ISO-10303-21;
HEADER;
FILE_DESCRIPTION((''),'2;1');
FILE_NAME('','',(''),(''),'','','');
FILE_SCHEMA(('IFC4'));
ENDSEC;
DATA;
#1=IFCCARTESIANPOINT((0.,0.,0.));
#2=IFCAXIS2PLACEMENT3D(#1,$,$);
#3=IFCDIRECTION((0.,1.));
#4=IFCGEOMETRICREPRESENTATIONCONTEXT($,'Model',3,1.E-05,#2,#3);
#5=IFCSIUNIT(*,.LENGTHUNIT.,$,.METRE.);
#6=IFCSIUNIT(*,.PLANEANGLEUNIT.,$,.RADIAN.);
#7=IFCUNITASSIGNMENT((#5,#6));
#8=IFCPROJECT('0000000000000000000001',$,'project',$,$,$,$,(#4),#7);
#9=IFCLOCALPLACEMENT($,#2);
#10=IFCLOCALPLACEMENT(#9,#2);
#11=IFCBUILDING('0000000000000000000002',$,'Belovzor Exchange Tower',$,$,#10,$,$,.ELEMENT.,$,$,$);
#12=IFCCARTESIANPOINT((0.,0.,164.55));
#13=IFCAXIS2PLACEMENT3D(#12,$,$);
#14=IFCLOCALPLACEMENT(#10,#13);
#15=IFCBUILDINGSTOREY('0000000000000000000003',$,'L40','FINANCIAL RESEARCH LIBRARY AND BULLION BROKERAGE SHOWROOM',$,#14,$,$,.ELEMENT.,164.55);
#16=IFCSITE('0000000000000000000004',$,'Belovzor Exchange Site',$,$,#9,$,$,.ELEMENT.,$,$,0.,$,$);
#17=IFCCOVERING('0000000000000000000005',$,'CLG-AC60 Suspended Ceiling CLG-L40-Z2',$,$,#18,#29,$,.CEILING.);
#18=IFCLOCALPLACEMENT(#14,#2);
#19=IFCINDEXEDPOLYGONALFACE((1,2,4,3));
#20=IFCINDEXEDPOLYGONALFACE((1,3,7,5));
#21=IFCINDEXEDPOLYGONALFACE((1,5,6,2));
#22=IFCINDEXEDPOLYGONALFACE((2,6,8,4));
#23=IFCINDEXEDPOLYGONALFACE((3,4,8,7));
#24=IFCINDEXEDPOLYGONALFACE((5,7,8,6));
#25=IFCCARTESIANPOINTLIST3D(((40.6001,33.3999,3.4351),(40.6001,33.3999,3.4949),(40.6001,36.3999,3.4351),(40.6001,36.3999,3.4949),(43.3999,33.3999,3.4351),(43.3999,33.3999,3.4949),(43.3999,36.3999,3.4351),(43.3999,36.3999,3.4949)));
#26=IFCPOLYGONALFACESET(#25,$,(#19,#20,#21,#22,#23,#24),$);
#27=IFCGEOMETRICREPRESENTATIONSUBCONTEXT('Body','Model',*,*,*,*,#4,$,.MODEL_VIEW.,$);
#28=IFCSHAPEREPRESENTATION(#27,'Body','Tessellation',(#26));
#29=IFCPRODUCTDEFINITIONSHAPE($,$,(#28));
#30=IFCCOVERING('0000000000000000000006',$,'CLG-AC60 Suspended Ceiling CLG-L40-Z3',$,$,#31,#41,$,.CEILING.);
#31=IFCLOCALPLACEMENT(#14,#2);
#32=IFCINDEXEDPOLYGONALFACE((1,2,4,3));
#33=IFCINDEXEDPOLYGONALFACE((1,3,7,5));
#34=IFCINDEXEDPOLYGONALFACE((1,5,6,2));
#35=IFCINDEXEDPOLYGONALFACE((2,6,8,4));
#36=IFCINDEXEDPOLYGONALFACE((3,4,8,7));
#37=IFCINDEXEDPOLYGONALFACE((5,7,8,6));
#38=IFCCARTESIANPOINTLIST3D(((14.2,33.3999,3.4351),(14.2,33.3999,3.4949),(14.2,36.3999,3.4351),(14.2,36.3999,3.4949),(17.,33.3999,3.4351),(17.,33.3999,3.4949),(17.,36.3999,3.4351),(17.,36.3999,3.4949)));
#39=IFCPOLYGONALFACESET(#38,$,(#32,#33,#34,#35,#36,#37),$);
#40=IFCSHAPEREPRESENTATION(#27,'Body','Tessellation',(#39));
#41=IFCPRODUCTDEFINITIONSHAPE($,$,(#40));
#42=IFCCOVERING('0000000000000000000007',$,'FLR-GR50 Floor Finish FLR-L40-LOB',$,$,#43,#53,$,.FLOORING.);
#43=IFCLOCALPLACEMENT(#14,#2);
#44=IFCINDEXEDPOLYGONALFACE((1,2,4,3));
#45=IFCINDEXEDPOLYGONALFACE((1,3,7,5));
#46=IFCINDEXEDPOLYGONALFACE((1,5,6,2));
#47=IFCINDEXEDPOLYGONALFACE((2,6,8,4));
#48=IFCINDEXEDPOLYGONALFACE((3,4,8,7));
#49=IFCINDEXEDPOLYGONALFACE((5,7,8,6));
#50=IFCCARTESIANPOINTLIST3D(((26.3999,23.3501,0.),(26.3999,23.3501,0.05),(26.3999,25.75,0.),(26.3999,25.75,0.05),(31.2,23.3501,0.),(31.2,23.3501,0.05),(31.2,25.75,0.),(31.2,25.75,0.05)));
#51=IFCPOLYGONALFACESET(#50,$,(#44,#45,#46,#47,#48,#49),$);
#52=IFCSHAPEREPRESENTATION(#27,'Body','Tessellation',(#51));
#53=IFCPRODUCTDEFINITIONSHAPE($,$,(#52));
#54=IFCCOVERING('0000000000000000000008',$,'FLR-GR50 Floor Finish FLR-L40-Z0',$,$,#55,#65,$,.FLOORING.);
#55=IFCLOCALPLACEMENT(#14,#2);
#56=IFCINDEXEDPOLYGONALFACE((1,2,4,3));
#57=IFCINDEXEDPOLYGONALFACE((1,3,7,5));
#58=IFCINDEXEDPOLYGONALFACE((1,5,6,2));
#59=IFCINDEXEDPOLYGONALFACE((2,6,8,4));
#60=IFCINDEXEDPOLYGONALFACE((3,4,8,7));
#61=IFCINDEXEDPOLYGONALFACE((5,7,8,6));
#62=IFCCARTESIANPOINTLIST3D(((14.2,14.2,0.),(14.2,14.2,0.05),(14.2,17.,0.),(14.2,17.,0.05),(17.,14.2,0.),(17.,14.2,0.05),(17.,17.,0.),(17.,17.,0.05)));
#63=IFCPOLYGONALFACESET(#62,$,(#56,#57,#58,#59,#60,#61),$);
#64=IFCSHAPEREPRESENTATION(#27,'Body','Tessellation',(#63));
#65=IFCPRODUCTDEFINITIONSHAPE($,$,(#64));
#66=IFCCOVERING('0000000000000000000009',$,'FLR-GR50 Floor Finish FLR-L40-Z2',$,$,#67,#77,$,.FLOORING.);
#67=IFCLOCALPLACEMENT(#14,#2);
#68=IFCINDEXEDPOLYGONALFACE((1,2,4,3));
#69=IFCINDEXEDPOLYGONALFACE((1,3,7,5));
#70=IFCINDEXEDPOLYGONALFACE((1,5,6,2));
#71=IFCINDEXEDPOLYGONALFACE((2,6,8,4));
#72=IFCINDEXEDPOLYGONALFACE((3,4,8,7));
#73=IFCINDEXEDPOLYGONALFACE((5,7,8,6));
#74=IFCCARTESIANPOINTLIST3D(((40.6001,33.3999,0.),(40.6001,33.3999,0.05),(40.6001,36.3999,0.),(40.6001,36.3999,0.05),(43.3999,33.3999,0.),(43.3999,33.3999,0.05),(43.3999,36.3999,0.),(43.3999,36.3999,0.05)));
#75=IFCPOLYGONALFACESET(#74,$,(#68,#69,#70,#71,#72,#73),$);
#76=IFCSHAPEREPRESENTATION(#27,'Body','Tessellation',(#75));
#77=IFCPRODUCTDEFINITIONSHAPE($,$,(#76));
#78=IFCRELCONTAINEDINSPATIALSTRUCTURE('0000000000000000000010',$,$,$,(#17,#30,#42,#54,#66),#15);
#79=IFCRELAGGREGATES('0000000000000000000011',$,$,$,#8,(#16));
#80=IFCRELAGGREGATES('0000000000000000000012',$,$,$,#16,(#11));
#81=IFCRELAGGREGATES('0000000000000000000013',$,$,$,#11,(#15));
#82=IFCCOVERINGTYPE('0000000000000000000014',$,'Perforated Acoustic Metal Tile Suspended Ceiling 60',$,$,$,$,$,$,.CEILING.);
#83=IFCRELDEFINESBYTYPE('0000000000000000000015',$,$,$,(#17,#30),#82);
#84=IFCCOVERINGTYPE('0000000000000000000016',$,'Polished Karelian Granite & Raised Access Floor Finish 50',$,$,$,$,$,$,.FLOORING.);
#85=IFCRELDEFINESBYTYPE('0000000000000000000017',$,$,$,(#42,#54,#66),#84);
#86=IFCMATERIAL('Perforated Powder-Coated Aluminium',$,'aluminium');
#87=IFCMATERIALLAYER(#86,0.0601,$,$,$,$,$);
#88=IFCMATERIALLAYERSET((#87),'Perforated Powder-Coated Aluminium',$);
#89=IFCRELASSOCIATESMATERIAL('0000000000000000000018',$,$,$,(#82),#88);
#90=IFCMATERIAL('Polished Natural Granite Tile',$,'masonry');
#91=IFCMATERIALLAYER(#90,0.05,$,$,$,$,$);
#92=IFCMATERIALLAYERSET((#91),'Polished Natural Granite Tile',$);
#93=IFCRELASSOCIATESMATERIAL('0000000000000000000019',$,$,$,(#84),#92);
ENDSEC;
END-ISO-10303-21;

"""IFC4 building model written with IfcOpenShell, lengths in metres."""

from ifc_helpers import new_model, si_unit, direction, frame, origin, place, context, subcontext, project, spatial, polyline, outline, extrude, material, layer, layer_set, type_object, element, save


model = new_model("IFC4")

# Units and contexts
model_context = context("Model", 3, precision=1e-05, world=origin(), true_north=direction((0.0, 1.0)))
body_context = subcontext(model_context, "Body", "Model", "MODEL_VIEW")
ifc_project = project(units=[si_unit("LENGTHUNIT", "METRE"), si_unit("PLANEANGLEUNIT", "RADIAN")], contexts=[model_context])

# Site, building, storey
site_placement = place(None, origin())
site = spatial("IfcSite", under=ifc_project, at=site_placement, Name="Belovzor Exchange Site", CompositionType="ELEMENT", RefElevation=0.0)
building_placement = place(site_placement, origin())
building = spatial("IfcBuilding", under=site, at=building_placement, Name="Belovzor Exchange Tower", CompositionType="ELEMENT")
storey_placement = place(building_placement, frame((0.0, 0.0, 164.55)))
storey = spatial("IfcBuildingStorey", under=building, at=storey_placement, Name="L40", Description="FINANCIAL RESEARCH LIBRARY AND BULLION BROKERAGE SHOWROOM", CompositionType="ELEMENT", Elevation=164.55)

# Coverings
ifc_material_1 = material(Name="Perforated Powder-Coated Aluminium", Category="aluminium")
ifc_layer_1 = layer(ifc_material_1, 0.0601)
ifc_layer_set_1 = layer_set([ifc_layer_1], Name="Perforated Powder-Coated Aluminium")
covering_type_1 = type_object("IfcCoveringType", Name="Perforated Acoustic Metal Tile Suspended Ceiling 60", PredefinedType="CEILING", material=ifc_layer_set_1)
covering_1_placement = place(storey_placement, frame((0.0, 0.0, 3.4351)))
element("IfcCovering", 1, at=covering_1_placement, inside=storey, type_object=covering_type_1, Name="CLG-AC60 Suspended Ceiling CLG-L40-Z2", PredefinedType="CEILING", context=body_context, shape_type="SweptSolid", body=[
    extrude(outline(polyline([(40.6001, 33.3999), (43.3999, 33.3999), (43.3999, 36.3999), (40.6001, 36.3999), (40.6001, 33.3999)])), origin(), (0.0, 0.0, 1.0), 0.0598),
])
covering_2_placement = place(storey_placement, frame((0.0, 0.0, 3.4351)))
element("IfcCovering", 2, at=covering_2_placement, inside=storey, type_object=covering_type_1, Name="CLG-AC60 Suspended Ceiling CLG-L40-Z3", PredefinedType="CEILING", context=body_context, shape_type="SweptSolid", body=[
    extrude(outline(polyline([(14.2, 33.3999), (17.0, 33.3999), (17.0, 36.3999), (14.2, 36.3999), (14.2, 33.3999)])), origin(), (0.0, 0.0, 1.0), 0.0598),
])
ifc_material_2 = material(Name="Polished Natural Granite Tile", Category="masonry")
ifc_layer_2 = layer(ifc_material_2, 0.05)
ifc_layer_set_2 = layer_set([ifc_layer_2], Name="Polished Natural Granite Tile")
covering_type_2 = type_object("IfcCoveringType", Name="Polished Karelian Granite & Raised Access Floor Finish 50", PredefinedType="FLOORING", material=ifc_layer_set_2)
covering_3_placement = place(storey_placement, origin())
element("IfcCovering", 3, at=covering_3_placement, inside=storey, type_object=covering_type_2, Name="FLR-GR50 Floor Finish FLR-L40-LOB", PredefinedType="FLOORING", context=body_context, shape_type="SweptSolid", body=[
    extrude(outline(polyline([(26.3999, 23.3501), (31.2, 23.3501), (31.2, 25.75), (26.3999, 25.75), (26.3999, 23.3501)])), origin(), (0.0, 0.0, 1.0), 0.05),
])
covering_4_placement = place(storey_placement, origin())
element("IfcCovering", 4, at=covering_4_placement, inside=storey, type_object=covering_type_2, Name="FLR-GR50 Floor Finish FLR-L40-Z0", PredefinedType="FLOORING", context=body_context, shape_type="SweptSolid", body=[
    extrude(outline(polyline([(14.2, 14.2), (17.0, 14.2), (17.0, 17.0), (14.2, 17.0), (14.2, 14.2)])), origin(), (0.0, 0.0, 1.0), 0.05),
])
covering_5_placement = place(storey_placement, origin())
element("IfcCovering", 5, at=covering_5_placement, inside=storey, type_object=covering_type_2, Name="FLR-GR50 Floor Finish FLR-L40-Z2", PredefinedType="FLOORING", context=body_context, shape_type="SweptSolid", body=[
    extrude(outline(polyline([(40.6001, 33.3999), (43.3999, 33.3999), (43.3999, 36.3999), (40.6001, 36.3999), (40.6001, 33.3999)])), origin(), (0.0, 0.0, 1.0), 0.05),
])

save(model, "model.ifc")
